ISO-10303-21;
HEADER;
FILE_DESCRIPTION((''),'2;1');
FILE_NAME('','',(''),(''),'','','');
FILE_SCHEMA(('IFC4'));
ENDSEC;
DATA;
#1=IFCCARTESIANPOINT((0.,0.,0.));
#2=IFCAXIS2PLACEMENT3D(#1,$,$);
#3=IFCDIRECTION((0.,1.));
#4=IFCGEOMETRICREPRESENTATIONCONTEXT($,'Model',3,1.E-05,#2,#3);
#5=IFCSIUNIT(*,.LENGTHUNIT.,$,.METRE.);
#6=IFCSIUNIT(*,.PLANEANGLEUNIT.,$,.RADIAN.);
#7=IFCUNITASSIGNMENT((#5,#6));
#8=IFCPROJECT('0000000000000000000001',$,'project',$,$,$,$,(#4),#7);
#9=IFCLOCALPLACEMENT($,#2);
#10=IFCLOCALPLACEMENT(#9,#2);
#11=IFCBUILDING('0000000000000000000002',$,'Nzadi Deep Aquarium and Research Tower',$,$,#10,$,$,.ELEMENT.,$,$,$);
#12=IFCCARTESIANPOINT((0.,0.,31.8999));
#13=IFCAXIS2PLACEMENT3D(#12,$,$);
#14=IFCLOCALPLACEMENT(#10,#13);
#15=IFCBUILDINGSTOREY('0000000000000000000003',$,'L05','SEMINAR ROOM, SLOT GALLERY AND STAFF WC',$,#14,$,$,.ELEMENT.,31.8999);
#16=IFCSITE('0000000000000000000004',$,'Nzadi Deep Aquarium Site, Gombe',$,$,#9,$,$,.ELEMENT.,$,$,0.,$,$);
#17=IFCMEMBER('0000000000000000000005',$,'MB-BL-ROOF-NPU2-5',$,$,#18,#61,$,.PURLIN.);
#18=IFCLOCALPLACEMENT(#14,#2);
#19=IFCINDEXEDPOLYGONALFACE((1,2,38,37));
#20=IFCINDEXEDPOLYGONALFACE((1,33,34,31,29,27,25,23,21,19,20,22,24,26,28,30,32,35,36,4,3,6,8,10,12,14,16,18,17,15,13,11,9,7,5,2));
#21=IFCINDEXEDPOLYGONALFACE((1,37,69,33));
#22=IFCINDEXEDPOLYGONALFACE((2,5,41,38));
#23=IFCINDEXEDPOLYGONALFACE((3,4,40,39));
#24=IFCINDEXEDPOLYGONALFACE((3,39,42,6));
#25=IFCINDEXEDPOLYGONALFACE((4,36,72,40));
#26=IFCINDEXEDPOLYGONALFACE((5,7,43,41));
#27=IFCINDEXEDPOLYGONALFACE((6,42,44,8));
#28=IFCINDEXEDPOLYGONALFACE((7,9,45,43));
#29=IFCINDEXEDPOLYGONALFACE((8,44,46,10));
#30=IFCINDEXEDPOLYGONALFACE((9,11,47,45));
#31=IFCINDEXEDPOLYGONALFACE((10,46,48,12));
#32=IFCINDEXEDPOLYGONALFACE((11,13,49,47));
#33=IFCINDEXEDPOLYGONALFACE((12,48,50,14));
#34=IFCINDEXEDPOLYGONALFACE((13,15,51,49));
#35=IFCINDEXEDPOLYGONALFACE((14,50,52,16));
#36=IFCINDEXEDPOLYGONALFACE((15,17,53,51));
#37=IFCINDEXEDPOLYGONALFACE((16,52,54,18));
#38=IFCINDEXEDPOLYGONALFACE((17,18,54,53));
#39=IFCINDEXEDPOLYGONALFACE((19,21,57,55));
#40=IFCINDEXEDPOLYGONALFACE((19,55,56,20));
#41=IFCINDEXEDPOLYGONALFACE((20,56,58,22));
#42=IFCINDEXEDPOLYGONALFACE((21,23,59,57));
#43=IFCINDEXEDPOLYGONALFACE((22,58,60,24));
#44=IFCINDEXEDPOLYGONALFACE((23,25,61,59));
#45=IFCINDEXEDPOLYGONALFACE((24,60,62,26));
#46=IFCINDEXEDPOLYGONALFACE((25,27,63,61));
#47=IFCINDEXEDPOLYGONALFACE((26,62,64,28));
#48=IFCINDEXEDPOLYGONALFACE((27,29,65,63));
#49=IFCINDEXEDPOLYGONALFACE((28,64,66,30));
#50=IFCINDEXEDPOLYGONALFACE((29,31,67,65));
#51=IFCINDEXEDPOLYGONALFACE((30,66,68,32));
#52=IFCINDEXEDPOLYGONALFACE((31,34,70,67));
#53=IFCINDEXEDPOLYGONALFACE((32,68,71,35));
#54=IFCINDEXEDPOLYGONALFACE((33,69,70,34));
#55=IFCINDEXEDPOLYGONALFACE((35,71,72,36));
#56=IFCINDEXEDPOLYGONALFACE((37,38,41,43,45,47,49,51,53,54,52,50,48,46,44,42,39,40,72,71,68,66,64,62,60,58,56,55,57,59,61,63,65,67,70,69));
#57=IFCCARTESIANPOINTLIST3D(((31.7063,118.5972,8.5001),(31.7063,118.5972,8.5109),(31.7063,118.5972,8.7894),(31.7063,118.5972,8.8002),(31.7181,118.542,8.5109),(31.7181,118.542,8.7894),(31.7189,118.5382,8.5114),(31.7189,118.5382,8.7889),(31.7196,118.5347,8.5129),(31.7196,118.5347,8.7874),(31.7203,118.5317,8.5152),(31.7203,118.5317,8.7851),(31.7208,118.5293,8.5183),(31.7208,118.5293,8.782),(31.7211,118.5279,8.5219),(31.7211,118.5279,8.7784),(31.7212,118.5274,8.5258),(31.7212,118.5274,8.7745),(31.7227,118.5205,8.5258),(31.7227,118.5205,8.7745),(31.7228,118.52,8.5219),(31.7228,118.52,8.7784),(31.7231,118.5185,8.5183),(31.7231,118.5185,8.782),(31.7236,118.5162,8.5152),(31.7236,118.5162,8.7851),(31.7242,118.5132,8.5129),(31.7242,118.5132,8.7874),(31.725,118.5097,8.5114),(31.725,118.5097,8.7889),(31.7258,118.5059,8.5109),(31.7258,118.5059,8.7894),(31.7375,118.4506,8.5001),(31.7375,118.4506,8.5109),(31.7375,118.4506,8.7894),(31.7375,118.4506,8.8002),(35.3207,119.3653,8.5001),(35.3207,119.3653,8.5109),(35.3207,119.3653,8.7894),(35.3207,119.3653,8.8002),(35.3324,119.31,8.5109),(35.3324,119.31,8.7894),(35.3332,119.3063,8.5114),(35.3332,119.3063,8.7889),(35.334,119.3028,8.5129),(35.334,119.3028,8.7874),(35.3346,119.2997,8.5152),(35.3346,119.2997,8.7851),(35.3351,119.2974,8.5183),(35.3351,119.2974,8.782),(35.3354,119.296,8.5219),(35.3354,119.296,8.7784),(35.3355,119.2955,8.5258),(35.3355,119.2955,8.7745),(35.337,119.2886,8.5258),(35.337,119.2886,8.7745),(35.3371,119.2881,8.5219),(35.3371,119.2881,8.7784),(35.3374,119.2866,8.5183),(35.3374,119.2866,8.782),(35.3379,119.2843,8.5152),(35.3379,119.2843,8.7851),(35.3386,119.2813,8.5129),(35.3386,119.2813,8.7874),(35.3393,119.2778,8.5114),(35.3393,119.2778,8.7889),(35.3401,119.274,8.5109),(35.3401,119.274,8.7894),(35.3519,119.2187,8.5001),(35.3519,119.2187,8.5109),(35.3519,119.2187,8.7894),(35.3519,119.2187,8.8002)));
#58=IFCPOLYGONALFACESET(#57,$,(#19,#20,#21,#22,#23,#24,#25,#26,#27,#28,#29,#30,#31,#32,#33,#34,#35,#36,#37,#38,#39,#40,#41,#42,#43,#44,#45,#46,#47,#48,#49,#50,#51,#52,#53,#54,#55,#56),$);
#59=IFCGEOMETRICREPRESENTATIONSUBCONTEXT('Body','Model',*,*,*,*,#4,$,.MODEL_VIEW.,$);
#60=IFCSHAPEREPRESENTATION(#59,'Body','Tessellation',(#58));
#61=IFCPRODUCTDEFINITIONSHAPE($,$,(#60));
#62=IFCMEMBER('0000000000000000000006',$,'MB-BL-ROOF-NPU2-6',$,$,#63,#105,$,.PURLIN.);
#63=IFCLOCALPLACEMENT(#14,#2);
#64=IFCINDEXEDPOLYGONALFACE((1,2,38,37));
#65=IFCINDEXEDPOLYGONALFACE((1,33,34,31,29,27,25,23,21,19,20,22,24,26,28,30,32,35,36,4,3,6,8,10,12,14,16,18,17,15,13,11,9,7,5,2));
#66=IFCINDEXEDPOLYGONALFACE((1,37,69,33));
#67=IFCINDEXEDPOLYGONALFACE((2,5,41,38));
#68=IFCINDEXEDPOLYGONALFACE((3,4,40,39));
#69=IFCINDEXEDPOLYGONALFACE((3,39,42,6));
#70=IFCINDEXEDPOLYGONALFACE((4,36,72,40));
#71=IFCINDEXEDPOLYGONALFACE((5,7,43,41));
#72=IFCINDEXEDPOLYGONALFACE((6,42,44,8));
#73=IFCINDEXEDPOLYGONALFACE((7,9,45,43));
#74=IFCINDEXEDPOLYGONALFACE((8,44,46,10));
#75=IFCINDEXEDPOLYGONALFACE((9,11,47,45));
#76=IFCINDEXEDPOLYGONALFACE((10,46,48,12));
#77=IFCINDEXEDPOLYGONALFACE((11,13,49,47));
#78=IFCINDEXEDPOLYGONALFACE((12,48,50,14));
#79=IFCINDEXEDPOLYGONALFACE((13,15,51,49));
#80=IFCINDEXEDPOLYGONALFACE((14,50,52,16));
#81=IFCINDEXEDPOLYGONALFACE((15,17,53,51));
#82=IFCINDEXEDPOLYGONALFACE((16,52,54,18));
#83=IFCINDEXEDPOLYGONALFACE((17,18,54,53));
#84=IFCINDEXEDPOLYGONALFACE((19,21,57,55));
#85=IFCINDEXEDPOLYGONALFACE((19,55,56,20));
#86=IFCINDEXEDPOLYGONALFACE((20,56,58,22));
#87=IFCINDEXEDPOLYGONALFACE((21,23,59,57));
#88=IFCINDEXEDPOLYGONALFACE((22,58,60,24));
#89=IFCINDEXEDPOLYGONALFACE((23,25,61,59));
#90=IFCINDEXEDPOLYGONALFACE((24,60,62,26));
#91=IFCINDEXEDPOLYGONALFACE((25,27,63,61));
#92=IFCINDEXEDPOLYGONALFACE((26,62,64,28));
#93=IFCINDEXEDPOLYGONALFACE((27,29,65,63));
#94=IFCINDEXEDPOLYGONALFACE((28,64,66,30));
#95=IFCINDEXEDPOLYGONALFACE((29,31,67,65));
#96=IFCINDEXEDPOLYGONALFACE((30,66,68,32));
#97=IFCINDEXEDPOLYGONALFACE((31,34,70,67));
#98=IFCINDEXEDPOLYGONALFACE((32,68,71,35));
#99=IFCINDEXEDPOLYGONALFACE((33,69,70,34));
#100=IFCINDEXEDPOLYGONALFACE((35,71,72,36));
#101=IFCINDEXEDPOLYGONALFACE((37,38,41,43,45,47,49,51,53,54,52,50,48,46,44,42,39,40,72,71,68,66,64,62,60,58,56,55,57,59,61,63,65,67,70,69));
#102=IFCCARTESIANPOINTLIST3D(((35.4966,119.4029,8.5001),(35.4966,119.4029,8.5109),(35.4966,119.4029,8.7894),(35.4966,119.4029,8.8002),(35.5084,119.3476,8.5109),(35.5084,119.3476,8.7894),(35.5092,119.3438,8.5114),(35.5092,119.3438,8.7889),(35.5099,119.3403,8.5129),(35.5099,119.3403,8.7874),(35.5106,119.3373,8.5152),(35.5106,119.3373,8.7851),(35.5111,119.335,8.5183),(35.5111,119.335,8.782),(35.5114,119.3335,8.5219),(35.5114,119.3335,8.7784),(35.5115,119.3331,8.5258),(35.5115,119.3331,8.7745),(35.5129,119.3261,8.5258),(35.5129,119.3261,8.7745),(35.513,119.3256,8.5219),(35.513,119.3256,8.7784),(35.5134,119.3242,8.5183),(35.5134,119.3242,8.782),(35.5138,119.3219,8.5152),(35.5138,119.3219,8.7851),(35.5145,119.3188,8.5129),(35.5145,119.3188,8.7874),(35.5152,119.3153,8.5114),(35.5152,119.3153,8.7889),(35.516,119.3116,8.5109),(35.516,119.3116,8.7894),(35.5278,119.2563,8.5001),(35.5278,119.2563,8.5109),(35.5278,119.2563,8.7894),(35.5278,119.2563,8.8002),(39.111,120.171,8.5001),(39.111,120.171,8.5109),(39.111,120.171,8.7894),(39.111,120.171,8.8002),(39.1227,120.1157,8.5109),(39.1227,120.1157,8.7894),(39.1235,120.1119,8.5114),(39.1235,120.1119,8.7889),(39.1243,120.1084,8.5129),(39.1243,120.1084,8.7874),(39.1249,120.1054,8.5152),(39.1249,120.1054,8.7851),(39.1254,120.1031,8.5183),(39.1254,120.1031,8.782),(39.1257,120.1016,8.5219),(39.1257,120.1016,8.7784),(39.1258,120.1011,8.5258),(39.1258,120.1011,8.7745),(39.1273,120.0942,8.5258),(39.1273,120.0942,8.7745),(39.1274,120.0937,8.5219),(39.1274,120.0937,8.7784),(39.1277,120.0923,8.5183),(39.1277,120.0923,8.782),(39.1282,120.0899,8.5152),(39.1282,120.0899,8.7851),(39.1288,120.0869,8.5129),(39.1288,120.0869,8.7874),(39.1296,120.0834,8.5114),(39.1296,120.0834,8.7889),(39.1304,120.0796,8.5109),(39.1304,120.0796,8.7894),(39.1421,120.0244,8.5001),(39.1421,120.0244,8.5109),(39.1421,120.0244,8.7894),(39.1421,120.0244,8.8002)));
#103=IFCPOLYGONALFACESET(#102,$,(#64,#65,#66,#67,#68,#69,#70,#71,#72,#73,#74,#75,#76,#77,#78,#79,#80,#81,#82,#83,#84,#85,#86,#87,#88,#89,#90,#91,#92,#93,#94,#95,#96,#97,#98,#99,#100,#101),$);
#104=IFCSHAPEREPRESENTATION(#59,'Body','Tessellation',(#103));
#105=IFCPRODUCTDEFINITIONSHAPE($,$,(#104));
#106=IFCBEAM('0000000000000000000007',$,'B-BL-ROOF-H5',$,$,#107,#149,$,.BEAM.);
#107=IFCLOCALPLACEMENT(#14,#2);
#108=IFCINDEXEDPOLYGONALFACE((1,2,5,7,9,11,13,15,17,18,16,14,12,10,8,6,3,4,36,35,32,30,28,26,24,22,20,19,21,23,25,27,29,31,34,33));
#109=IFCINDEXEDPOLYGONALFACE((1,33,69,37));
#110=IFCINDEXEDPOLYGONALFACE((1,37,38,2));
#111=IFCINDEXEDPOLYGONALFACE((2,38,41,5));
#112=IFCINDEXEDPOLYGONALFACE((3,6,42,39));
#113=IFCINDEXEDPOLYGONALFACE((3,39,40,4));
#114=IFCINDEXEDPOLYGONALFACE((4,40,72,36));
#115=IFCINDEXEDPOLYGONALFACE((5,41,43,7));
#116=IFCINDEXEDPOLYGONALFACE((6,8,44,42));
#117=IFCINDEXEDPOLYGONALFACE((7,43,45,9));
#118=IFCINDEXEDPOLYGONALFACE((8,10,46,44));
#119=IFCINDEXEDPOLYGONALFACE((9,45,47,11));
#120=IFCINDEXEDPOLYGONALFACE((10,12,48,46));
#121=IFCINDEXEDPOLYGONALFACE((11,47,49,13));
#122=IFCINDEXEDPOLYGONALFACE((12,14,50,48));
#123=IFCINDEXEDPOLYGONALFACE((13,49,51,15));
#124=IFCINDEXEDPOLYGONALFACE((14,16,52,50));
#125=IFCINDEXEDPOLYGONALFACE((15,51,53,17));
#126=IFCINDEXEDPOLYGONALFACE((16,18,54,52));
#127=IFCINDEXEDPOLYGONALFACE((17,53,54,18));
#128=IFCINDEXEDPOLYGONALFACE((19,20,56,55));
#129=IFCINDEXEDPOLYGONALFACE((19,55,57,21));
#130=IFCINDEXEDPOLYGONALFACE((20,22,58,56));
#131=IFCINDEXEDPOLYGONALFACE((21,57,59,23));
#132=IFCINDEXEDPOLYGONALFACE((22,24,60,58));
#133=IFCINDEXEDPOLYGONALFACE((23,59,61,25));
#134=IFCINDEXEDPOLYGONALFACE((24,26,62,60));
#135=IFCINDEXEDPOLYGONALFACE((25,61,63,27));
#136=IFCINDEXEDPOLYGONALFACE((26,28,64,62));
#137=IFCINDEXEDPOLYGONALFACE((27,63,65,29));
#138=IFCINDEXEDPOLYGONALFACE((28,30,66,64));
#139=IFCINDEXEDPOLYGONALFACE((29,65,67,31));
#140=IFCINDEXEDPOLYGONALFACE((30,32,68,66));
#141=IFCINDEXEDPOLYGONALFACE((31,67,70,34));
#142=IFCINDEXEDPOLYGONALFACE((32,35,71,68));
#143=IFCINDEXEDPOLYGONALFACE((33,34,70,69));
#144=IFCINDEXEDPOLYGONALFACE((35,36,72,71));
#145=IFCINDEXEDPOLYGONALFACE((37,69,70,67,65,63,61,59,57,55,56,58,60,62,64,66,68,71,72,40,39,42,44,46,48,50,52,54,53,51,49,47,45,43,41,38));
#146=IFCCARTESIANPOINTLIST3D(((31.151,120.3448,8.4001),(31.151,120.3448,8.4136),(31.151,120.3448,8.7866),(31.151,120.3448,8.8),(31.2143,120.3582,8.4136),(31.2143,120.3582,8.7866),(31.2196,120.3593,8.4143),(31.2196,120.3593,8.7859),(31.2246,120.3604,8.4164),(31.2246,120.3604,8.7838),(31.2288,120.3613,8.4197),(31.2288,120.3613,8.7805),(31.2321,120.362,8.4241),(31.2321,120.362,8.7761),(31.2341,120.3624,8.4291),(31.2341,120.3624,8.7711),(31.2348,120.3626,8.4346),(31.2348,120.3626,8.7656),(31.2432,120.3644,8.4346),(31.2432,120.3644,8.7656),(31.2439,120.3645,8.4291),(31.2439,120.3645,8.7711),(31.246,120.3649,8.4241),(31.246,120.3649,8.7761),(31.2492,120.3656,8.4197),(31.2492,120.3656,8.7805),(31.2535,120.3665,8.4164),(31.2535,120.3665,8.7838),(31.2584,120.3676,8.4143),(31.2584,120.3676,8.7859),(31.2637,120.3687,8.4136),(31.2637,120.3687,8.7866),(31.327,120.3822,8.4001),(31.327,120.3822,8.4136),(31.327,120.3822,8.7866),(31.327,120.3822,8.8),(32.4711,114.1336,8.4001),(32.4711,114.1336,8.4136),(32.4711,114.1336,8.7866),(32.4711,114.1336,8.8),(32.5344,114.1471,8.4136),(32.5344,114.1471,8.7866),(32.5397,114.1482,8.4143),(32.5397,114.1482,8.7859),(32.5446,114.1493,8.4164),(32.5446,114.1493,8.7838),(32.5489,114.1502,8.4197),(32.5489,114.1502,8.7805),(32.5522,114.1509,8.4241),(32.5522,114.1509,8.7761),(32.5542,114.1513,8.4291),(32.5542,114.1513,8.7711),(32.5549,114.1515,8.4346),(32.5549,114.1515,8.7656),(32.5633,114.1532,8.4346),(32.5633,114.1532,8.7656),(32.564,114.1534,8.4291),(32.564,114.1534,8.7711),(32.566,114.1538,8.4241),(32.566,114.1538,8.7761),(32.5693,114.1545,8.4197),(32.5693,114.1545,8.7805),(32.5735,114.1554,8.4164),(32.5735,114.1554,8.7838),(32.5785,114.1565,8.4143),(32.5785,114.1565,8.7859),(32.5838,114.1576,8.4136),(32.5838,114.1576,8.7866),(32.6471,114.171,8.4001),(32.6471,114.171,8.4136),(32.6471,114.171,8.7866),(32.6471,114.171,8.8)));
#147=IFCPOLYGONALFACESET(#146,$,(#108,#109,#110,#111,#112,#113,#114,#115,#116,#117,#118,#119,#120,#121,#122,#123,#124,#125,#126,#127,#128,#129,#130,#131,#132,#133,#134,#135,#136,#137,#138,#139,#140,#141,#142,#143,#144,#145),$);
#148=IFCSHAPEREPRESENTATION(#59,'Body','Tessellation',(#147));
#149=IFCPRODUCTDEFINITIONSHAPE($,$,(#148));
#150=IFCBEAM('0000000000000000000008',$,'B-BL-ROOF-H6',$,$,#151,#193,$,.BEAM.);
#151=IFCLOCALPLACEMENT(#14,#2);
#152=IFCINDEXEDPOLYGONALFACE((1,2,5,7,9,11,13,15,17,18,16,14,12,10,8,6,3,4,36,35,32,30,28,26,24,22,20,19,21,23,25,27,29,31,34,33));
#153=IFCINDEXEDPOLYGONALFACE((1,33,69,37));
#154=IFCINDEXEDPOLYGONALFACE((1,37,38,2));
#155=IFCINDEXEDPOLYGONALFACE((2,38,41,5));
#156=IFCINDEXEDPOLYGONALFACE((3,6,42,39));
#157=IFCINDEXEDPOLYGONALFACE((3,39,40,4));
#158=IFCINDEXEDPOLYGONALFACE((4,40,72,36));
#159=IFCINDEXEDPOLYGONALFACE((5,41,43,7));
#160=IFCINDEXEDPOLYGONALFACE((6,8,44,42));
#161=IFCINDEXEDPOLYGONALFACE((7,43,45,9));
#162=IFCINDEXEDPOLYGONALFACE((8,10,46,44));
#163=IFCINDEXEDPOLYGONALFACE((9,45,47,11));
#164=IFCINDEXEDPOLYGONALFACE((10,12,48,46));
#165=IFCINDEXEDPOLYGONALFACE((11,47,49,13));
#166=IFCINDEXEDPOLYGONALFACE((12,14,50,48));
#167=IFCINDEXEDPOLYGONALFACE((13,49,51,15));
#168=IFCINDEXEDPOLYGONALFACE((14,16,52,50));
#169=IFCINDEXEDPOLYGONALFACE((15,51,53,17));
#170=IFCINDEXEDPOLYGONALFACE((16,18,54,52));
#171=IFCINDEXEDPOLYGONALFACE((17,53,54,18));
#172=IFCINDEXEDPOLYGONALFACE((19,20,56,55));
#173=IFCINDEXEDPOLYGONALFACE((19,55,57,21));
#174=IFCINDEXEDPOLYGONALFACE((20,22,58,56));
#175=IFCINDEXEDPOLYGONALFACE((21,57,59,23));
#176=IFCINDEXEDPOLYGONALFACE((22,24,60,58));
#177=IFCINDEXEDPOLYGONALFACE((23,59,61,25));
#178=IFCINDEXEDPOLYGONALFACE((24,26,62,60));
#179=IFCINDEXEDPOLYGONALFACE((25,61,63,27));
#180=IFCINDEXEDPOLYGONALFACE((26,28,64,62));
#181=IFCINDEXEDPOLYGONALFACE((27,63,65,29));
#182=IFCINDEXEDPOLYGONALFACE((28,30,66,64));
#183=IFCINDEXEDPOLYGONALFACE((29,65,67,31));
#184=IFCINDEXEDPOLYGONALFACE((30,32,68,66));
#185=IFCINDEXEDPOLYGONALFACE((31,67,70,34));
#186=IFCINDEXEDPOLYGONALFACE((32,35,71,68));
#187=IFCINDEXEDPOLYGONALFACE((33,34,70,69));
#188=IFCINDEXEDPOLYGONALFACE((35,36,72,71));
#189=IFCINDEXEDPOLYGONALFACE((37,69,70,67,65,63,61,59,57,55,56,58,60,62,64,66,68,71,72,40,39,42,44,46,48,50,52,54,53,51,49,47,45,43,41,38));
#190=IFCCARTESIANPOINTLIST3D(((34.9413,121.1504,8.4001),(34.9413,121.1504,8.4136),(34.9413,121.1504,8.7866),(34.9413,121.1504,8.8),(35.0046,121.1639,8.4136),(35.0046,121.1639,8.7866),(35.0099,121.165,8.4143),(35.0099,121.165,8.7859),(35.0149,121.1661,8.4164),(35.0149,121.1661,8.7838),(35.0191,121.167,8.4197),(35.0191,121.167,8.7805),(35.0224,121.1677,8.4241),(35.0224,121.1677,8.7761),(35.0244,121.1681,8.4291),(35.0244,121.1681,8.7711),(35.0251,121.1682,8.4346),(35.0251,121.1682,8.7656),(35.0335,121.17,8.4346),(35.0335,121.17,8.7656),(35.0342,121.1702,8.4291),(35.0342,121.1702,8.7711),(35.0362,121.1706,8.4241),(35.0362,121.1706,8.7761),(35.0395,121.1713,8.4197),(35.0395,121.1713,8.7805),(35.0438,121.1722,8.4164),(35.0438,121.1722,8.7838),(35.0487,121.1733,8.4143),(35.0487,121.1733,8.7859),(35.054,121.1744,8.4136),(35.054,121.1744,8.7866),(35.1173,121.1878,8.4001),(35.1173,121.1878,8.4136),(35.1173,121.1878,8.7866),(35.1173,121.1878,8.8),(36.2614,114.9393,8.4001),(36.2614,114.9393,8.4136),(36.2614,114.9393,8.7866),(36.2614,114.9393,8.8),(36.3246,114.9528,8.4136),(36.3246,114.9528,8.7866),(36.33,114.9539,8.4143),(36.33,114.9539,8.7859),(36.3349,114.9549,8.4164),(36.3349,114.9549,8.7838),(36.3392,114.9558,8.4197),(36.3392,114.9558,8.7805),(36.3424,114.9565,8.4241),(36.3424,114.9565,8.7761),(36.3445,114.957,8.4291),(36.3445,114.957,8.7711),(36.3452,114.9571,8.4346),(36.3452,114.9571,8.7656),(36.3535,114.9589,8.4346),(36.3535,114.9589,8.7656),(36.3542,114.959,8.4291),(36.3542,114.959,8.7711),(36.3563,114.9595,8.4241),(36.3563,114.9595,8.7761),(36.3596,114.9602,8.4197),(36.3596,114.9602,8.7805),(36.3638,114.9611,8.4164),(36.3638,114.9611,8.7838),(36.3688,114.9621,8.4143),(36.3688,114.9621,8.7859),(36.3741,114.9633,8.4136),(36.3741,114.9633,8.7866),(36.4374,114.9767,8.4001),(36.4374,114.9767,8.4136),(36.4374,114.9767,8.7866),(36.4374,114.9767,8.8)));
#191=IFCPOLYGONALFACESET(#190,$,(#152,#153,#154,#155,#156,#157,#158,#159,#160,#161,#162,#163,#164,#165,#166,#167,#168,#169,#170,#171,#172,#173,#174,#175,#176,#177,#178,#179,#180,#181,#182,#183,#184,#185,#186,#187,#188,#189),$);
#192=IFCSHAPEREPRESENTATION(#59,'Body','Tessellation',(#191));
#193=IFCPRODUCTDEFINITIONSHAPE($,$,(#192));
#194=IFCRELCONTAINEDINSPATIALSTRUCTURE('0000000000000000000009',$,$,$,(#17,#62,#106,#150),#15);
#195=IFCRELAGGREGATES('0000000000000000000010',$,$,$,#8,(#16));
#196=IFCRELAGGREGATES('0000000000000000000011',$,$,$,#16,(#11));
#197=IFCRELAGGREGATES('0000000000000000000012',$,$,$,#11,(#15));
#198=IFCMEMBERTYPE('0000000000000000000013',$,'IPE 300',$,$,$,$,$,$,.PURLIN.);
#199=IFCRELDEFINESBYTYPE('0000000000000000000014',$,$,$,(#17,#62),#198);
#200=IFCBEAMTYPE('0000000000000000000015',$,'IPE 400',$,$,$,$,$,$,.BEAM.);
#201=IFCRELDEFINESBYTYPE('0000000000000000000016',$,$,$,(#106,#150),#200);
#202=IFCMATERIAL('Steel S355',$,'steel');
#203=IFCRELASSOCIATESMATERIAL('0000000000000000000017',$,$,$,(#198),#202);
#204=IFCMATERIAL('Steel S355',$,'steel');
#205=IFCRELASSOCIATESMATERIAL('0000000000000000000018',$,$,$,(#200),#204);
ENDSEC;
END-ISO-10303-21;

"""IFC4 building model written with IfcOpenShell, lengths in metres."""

from ifc_helpers import new_model, si_unit, direction, frame, origin, origin_2d, place, context, subcontext, project, spatial, i_section, extrude, material, material_profile, profile_set, type_object, element, save


model = new_model("IFC4")

# Units and contexts
model_context = context("Model", 3, precision=1e-05, world=origin(), true_north=direction((0.0, 1.0)))
body_context = subcontext(model_context, "Body", "Model", "MODEL_VIEW")
ifc_project = project(units=[si_unit("LENGTHUNIT", "METRE"), si_unit("PLANEANGLEUNIT", "RADIAN")], contexts=[model_context])

# Site, building, storey
site_placement = place(None, origin())
site = spatial("IfcSite", under=ifc_project, at=site_placement, Name="Nzadi Deep Aquarium Site, Gombe", CompositionType="ELEMENT", RefElevation=0.0)
building_placement = place(site_placement, origin())
building = spatial("IfcBuilding", under=site, at=building_placement, Name="Nzadi Deep Aquarium and Research Tower", CompositionType="ELEMENT")
storey_placement = place(building_placement, frame((0.0, 0.0, 31.8999)))
storey = spatial("IfcBuildingStorey", under=building, at=storey_placement, Name="L05", Description="SEMINAR ROOM, SLOT GALLERY AND STAFF WC", CompositionType="ELEMENT", Elevation=31.8999)

# Members
ifc_material_1 = material(Name="Steel S355", Category="steel")
ifc_material_profile_1 = material_profile(ifc_material_1, i_section(OverallWidth=0.1499, OverallDepth=0.3, WebThickness=0.0071, FlangeThickness=0.0107, FilletRadius=0.0149, at=origin_2d()))
ifc_profile_set_1 = profile_set([ifc_material_profile_1], Name="Steel S355")
member_type_1 = type_object("IfcMemberType", Name="IPE 300", PredefinedType="PURLIN", material=ifc_profile_set_1)
for number, where, z_axis, x_axis, name in (
    (1, (31.7219, 118.5239, 8.6501), (0.978157, 0.207868, 0.0), (-0.207868, 0.978157, 0.0), "MB-BL-ROOF-NPU2-5"),
    (2, (35.5122, 119.3296, 8.6501), (0.978157, 0.207868, 0.0), (-0.207868, 0.978157, 0.0), "MB-BL-ROOF-NPU2-6"),
):
    element("IfcMember", number, at=place(storey_placement, frame(where, z_axis=z_axis, x_axis=x_axis)), inside=storey, type_object=member_type_1, Name=name, PredefinedType="PURLIN", context=body_context, shape_type="SweptSolid", body=[
        extrude(i_section(OverallWidth=0.1499, OverallDepth=0.3, WebThickness=0.0071, FlangeThickness=0.0107, FilletRadius=0.0149, at=origin_2d()), origin(), (0.0, 0.0, 1.0), 3.6951),
    ])

# Beams
ifc_material_2 = material(Name="Steel S355", Category="steel")
ifc_material_profile_2 = material_profile(ifc_material_2, i_section(OverallWidth=0.1799, OverallDepth=0.3999, WebThickness=0.0085, FlangeThickness=0.0134, FilletRadius=0.021, at=origin_2d()))
ifc_profile_set_2 = profile_set([ifc_material_profile_2], Name="Steel S355")
beam_type = type_object("IfcBeamType", Name="IPE 400", PredefinedType="BEAM", material=ifc_profile_set_2)
for number, where, z_axis, x_axis, name in (
    (3, (32.5591, 114.1523, 8.6001), (-0.207888, 0.978153, 0.0), (-0.978153, -0.207888, 0.0), "B-BL-ROOF-H5"),
    (4, (36.3494, 114.958, 8.6001), (-0.207888, 0.978153, 0.0), (-0.978153, -0.207888, 0.0), "B-BL-ROOF-H6"),
):
    element("IfcBeam", number, at=place(storey_placement, frame(where, z_axis=z_axis, x_axis=x_axis)), inside=storey, type_object=beam_type, Name=name, PredefinedType="BEAM", context=body_context, shape_type="SweptSolid", body=[
        extrude(i_section(OverallWidth=0.1799, OverallDepth=0.3999, WebThickness=0.0085, FlangeThickness=0.0134, FilletRadius=0.021, at=origin_2d()), origin(), (0.0, 0.0, 1.0), 6.3499),
    ])

save(model, "model.ifc")
